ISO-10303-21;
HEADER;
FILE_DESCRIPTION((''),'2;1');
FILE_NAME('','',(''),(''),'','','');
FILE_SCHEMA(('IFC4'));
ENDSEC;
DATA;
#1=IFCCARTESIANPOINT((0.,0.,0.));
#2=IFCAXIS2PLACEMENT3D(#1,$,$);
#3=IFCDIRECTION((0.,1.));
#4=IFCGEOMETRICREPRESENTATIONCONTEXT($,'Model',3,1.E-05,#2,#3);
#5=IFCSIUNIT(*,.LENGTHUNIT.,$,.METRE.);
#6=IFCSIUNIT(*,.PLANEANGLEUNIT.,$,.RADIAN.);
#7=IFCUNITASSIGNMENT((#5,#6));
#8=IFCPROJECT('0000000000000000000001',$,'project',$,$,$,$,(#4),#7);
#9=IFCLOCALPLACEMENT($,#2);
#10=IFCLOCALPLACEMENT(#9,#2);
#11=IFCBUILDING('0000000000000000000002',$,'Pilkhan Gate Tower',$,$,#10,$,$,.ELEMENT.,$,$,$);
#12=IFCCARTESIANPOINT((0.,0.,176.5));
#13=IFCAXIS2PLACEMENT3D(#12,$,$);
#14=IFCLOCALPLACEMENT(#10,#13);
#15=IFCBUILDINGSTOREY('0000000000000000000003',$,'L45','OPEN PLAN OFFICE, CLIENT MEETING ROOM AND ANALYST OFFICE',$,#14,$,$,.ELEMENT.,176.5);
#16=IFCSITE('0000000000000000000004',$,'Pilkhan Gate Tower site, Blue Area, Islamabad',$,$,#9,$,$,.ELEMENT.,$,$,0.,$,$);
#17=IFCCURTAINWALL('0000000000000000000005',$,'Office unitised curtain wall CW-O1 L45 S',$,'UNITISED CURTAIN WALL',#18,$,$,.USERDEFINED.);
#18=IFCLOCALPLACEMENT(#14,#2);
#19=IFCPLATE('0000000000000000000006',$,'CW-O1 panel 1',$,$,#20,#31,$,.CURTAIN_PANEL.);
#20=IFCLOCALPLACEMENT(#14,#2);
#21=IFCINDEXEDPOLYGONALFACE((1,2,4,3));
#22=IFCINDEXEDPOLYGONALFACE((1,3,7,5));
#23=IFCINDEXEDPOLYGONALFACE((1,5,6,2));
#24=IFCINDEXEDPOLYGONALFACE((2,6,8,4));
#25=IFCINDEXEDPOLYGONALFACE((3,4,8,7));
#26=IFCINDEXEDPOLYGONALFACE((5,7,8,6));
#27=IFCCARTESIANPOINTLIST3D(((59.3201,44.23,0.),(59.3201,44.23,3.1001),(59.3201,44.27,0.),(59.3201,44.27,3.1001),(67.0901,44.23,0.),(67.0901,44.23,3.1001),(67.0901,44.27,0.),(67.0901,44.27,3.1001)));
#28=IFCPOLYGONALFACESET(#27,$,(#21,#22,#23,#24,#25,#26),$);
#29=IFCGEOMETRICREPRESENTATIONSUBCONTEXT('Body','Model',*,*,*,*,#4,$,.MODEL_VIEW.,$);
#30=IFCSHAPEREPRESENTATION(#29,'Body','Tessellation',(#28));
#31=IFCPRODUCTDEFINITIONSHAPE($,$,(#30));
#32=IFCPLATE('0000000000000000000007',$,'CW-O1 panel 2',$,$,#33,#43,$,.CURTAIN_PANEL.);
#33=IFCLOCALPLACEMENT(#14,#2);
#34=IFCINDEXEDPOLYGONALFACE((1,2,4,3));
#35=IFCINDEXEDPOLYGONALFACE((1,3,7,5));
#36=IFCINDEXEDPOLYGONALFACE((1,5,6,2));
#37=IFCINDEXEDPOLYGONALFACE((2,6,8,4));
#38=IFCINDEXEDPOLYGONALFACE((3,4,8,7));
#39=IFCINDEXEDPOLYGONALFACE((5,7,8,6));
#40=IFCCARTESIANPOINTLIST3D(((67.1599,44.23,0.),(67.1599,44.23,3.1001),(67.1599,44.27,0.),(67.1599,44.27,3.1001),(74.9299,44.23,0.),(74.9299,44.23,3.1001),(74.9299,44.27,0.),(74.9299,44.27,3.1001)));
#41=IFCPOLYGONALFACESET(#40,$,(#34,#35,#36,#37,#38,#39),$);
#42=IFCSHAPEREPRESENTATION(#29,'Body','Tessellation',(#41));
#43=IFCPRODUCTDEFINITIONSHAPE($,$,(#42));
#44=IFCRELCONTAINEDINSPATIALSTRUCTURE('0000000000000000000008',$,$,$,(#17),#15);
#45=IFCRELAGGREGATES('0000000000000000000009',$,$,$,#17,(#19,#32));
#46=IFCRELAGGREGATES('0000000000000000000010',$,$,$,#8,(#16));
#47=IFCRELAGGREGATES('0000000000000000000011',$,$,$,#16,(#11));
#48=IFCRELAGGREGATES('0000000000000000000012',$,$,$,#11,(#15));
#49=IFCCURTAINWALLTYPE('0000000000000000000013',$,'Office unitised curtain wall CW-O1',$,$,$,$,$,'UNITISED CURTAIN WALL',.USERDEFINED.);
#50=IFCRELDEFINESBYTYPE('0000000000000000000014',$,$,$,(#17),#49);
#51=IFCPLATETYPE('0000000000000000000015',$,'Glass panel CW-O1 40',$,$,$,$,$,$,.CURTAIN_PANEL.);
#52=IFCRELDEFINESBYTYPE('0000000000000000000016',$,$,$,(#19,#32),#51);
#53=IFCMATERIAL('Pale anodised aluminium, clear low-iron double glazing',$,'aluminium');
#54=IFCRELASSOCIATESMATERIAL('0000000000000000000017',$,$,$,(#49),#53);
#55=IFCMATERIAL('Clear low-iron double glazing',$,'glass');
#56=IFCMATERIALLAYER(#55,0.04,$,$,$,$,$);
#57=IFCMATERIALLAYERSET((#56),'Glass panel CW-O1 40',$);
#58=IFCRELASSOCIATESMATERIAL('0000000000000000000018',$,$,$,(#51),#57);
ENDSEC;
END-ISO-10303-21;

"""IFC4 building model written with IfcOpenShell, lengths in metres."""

from ifc_helpers import new_model, si_unit, direction, frame, origin, origin_2d, place, context, subcontext, project, spatial, rectangle, extrude, material, layer, layer_set, type_object, element, aggregate, save


model = new_model("IFC4")

# Units and contexts
model_context = context("Model", 3, precision=1e-05, world=origin(), true_north=direction((0.0, 1.0)))
body_context = subcontext(model_context, "Body", "Model", "MODEL_VIEW")
ifc_project = project(units=[si_unit("LENGTHUNIT", "METRE"), si_unit("PLANEANGLEUNIT", "RADIAN")], contexts=[model_context])

# Site, building, storey
site_placement = place(None, origin())
site = spatial("IfcSite", under=ifc_project, at=site_placement, Name="Pilkhan Gate Tower site, Blue Area, Islamabad", CompositionType="ELEMENT", RefElevation=0.0)
building_placement = place(site_placement, origin())
building = spatial("IfcBuilding", under=site, at=building_placement, Name="Pilkhan Gate Tower", CompositionType="ELEMENT")
storey_placement = place(building_placement, frame((0.0, 0.0, 176.5)))
storey = spatial("IfcBuildingStorey", under=building, at=storey_placement, Name="L45", Description="OPEN PLAN OFFICE, CLIENT MEETING ROOM AND ANALYST OFFICE", CompositionType="ELEMENT", Elevation=176.5)

# Shared definitions
ifc_material_1 = material(Name="Pale anodised aluminium, clear low-iron double glazing", Category="aluminium")
curtain_wall_type = type_object("IfcCurtainWallType", Name="Office unitised curtain wall CW-O1", ElementType="UNITISED CURTAIN WALL", PredefinedType="USERDEFINED", material=ifc_material_1)

# Curtain wall
curtain_wall_1_placement = place(storey_placement, origin())
curtain_wall_1 = element("IfcCurtainWall", 1, at=curtain_wall_1_placement, inside=storey, type_object=curtain_wall_type, Name="Office unitised curtain wall CW-O1 L45 S", ObjectType="UNITISED CURTAIN WALL", PredefinedType="USERDEFINED")

# Plates
ifc_material_2 = material(Name="Clear low-iron double glazing", Category="glass")
ifc_layer = layer(ifc_material_2, 0.04)
ifc_layer_set = layer_set([ifc_layer], Name="Glass panel CW-O1 40")
plate_type = type_object("IfcPlateType", Name="Glass panel CW-O1 40", PredefinedType="CURTAIN_PANEL", material=ifc_layer_set)
plate_1_placement = place(storey_placement, frame((63.2051, 44.25, 0.0), z_axis=(0.0, 0.0, 1.0), x_axis=(1.0, 0.0, 0.0)))
plate_1 = element("IfcPlate", 2, at=plate_1_placement, type_object=plate_type, Name="CW-O1 panel 1", PredefinedType="CURTAIN_PANEL", context=body_context, shape_type="SweptSolid", body=[
    extrude(rectangle(XDim=7.77, YDim=0.04, at=origin_2d()), origin(), (0.0, 0.0, 1.0), 3.1001),
])
plate_2_placement = place(storey_placement, frame((71.0449, 44.25, 0.0), z_axis=(0.0, 0.0, 1.0), x_axis=(1.0, 0.0, 0.0)))
plate_2 = element("IfcPlate", 3, at=plate_2_placement, type_object=plate_type, Name="CW-O1 panel 2", PredefinedType="CURTAIN_PANEL", context=body_context, shape_type="SweptSolid", body=[
    extrude(rectangle(XDim=7.77, YDim=0.04, at=origin_2d()), origin(), (0.0, 0.0, 1.0), 3.1001),
])
aggregate(curtain_wall_1, [plate_1, plate_2])

save(model, "model.ifc")
